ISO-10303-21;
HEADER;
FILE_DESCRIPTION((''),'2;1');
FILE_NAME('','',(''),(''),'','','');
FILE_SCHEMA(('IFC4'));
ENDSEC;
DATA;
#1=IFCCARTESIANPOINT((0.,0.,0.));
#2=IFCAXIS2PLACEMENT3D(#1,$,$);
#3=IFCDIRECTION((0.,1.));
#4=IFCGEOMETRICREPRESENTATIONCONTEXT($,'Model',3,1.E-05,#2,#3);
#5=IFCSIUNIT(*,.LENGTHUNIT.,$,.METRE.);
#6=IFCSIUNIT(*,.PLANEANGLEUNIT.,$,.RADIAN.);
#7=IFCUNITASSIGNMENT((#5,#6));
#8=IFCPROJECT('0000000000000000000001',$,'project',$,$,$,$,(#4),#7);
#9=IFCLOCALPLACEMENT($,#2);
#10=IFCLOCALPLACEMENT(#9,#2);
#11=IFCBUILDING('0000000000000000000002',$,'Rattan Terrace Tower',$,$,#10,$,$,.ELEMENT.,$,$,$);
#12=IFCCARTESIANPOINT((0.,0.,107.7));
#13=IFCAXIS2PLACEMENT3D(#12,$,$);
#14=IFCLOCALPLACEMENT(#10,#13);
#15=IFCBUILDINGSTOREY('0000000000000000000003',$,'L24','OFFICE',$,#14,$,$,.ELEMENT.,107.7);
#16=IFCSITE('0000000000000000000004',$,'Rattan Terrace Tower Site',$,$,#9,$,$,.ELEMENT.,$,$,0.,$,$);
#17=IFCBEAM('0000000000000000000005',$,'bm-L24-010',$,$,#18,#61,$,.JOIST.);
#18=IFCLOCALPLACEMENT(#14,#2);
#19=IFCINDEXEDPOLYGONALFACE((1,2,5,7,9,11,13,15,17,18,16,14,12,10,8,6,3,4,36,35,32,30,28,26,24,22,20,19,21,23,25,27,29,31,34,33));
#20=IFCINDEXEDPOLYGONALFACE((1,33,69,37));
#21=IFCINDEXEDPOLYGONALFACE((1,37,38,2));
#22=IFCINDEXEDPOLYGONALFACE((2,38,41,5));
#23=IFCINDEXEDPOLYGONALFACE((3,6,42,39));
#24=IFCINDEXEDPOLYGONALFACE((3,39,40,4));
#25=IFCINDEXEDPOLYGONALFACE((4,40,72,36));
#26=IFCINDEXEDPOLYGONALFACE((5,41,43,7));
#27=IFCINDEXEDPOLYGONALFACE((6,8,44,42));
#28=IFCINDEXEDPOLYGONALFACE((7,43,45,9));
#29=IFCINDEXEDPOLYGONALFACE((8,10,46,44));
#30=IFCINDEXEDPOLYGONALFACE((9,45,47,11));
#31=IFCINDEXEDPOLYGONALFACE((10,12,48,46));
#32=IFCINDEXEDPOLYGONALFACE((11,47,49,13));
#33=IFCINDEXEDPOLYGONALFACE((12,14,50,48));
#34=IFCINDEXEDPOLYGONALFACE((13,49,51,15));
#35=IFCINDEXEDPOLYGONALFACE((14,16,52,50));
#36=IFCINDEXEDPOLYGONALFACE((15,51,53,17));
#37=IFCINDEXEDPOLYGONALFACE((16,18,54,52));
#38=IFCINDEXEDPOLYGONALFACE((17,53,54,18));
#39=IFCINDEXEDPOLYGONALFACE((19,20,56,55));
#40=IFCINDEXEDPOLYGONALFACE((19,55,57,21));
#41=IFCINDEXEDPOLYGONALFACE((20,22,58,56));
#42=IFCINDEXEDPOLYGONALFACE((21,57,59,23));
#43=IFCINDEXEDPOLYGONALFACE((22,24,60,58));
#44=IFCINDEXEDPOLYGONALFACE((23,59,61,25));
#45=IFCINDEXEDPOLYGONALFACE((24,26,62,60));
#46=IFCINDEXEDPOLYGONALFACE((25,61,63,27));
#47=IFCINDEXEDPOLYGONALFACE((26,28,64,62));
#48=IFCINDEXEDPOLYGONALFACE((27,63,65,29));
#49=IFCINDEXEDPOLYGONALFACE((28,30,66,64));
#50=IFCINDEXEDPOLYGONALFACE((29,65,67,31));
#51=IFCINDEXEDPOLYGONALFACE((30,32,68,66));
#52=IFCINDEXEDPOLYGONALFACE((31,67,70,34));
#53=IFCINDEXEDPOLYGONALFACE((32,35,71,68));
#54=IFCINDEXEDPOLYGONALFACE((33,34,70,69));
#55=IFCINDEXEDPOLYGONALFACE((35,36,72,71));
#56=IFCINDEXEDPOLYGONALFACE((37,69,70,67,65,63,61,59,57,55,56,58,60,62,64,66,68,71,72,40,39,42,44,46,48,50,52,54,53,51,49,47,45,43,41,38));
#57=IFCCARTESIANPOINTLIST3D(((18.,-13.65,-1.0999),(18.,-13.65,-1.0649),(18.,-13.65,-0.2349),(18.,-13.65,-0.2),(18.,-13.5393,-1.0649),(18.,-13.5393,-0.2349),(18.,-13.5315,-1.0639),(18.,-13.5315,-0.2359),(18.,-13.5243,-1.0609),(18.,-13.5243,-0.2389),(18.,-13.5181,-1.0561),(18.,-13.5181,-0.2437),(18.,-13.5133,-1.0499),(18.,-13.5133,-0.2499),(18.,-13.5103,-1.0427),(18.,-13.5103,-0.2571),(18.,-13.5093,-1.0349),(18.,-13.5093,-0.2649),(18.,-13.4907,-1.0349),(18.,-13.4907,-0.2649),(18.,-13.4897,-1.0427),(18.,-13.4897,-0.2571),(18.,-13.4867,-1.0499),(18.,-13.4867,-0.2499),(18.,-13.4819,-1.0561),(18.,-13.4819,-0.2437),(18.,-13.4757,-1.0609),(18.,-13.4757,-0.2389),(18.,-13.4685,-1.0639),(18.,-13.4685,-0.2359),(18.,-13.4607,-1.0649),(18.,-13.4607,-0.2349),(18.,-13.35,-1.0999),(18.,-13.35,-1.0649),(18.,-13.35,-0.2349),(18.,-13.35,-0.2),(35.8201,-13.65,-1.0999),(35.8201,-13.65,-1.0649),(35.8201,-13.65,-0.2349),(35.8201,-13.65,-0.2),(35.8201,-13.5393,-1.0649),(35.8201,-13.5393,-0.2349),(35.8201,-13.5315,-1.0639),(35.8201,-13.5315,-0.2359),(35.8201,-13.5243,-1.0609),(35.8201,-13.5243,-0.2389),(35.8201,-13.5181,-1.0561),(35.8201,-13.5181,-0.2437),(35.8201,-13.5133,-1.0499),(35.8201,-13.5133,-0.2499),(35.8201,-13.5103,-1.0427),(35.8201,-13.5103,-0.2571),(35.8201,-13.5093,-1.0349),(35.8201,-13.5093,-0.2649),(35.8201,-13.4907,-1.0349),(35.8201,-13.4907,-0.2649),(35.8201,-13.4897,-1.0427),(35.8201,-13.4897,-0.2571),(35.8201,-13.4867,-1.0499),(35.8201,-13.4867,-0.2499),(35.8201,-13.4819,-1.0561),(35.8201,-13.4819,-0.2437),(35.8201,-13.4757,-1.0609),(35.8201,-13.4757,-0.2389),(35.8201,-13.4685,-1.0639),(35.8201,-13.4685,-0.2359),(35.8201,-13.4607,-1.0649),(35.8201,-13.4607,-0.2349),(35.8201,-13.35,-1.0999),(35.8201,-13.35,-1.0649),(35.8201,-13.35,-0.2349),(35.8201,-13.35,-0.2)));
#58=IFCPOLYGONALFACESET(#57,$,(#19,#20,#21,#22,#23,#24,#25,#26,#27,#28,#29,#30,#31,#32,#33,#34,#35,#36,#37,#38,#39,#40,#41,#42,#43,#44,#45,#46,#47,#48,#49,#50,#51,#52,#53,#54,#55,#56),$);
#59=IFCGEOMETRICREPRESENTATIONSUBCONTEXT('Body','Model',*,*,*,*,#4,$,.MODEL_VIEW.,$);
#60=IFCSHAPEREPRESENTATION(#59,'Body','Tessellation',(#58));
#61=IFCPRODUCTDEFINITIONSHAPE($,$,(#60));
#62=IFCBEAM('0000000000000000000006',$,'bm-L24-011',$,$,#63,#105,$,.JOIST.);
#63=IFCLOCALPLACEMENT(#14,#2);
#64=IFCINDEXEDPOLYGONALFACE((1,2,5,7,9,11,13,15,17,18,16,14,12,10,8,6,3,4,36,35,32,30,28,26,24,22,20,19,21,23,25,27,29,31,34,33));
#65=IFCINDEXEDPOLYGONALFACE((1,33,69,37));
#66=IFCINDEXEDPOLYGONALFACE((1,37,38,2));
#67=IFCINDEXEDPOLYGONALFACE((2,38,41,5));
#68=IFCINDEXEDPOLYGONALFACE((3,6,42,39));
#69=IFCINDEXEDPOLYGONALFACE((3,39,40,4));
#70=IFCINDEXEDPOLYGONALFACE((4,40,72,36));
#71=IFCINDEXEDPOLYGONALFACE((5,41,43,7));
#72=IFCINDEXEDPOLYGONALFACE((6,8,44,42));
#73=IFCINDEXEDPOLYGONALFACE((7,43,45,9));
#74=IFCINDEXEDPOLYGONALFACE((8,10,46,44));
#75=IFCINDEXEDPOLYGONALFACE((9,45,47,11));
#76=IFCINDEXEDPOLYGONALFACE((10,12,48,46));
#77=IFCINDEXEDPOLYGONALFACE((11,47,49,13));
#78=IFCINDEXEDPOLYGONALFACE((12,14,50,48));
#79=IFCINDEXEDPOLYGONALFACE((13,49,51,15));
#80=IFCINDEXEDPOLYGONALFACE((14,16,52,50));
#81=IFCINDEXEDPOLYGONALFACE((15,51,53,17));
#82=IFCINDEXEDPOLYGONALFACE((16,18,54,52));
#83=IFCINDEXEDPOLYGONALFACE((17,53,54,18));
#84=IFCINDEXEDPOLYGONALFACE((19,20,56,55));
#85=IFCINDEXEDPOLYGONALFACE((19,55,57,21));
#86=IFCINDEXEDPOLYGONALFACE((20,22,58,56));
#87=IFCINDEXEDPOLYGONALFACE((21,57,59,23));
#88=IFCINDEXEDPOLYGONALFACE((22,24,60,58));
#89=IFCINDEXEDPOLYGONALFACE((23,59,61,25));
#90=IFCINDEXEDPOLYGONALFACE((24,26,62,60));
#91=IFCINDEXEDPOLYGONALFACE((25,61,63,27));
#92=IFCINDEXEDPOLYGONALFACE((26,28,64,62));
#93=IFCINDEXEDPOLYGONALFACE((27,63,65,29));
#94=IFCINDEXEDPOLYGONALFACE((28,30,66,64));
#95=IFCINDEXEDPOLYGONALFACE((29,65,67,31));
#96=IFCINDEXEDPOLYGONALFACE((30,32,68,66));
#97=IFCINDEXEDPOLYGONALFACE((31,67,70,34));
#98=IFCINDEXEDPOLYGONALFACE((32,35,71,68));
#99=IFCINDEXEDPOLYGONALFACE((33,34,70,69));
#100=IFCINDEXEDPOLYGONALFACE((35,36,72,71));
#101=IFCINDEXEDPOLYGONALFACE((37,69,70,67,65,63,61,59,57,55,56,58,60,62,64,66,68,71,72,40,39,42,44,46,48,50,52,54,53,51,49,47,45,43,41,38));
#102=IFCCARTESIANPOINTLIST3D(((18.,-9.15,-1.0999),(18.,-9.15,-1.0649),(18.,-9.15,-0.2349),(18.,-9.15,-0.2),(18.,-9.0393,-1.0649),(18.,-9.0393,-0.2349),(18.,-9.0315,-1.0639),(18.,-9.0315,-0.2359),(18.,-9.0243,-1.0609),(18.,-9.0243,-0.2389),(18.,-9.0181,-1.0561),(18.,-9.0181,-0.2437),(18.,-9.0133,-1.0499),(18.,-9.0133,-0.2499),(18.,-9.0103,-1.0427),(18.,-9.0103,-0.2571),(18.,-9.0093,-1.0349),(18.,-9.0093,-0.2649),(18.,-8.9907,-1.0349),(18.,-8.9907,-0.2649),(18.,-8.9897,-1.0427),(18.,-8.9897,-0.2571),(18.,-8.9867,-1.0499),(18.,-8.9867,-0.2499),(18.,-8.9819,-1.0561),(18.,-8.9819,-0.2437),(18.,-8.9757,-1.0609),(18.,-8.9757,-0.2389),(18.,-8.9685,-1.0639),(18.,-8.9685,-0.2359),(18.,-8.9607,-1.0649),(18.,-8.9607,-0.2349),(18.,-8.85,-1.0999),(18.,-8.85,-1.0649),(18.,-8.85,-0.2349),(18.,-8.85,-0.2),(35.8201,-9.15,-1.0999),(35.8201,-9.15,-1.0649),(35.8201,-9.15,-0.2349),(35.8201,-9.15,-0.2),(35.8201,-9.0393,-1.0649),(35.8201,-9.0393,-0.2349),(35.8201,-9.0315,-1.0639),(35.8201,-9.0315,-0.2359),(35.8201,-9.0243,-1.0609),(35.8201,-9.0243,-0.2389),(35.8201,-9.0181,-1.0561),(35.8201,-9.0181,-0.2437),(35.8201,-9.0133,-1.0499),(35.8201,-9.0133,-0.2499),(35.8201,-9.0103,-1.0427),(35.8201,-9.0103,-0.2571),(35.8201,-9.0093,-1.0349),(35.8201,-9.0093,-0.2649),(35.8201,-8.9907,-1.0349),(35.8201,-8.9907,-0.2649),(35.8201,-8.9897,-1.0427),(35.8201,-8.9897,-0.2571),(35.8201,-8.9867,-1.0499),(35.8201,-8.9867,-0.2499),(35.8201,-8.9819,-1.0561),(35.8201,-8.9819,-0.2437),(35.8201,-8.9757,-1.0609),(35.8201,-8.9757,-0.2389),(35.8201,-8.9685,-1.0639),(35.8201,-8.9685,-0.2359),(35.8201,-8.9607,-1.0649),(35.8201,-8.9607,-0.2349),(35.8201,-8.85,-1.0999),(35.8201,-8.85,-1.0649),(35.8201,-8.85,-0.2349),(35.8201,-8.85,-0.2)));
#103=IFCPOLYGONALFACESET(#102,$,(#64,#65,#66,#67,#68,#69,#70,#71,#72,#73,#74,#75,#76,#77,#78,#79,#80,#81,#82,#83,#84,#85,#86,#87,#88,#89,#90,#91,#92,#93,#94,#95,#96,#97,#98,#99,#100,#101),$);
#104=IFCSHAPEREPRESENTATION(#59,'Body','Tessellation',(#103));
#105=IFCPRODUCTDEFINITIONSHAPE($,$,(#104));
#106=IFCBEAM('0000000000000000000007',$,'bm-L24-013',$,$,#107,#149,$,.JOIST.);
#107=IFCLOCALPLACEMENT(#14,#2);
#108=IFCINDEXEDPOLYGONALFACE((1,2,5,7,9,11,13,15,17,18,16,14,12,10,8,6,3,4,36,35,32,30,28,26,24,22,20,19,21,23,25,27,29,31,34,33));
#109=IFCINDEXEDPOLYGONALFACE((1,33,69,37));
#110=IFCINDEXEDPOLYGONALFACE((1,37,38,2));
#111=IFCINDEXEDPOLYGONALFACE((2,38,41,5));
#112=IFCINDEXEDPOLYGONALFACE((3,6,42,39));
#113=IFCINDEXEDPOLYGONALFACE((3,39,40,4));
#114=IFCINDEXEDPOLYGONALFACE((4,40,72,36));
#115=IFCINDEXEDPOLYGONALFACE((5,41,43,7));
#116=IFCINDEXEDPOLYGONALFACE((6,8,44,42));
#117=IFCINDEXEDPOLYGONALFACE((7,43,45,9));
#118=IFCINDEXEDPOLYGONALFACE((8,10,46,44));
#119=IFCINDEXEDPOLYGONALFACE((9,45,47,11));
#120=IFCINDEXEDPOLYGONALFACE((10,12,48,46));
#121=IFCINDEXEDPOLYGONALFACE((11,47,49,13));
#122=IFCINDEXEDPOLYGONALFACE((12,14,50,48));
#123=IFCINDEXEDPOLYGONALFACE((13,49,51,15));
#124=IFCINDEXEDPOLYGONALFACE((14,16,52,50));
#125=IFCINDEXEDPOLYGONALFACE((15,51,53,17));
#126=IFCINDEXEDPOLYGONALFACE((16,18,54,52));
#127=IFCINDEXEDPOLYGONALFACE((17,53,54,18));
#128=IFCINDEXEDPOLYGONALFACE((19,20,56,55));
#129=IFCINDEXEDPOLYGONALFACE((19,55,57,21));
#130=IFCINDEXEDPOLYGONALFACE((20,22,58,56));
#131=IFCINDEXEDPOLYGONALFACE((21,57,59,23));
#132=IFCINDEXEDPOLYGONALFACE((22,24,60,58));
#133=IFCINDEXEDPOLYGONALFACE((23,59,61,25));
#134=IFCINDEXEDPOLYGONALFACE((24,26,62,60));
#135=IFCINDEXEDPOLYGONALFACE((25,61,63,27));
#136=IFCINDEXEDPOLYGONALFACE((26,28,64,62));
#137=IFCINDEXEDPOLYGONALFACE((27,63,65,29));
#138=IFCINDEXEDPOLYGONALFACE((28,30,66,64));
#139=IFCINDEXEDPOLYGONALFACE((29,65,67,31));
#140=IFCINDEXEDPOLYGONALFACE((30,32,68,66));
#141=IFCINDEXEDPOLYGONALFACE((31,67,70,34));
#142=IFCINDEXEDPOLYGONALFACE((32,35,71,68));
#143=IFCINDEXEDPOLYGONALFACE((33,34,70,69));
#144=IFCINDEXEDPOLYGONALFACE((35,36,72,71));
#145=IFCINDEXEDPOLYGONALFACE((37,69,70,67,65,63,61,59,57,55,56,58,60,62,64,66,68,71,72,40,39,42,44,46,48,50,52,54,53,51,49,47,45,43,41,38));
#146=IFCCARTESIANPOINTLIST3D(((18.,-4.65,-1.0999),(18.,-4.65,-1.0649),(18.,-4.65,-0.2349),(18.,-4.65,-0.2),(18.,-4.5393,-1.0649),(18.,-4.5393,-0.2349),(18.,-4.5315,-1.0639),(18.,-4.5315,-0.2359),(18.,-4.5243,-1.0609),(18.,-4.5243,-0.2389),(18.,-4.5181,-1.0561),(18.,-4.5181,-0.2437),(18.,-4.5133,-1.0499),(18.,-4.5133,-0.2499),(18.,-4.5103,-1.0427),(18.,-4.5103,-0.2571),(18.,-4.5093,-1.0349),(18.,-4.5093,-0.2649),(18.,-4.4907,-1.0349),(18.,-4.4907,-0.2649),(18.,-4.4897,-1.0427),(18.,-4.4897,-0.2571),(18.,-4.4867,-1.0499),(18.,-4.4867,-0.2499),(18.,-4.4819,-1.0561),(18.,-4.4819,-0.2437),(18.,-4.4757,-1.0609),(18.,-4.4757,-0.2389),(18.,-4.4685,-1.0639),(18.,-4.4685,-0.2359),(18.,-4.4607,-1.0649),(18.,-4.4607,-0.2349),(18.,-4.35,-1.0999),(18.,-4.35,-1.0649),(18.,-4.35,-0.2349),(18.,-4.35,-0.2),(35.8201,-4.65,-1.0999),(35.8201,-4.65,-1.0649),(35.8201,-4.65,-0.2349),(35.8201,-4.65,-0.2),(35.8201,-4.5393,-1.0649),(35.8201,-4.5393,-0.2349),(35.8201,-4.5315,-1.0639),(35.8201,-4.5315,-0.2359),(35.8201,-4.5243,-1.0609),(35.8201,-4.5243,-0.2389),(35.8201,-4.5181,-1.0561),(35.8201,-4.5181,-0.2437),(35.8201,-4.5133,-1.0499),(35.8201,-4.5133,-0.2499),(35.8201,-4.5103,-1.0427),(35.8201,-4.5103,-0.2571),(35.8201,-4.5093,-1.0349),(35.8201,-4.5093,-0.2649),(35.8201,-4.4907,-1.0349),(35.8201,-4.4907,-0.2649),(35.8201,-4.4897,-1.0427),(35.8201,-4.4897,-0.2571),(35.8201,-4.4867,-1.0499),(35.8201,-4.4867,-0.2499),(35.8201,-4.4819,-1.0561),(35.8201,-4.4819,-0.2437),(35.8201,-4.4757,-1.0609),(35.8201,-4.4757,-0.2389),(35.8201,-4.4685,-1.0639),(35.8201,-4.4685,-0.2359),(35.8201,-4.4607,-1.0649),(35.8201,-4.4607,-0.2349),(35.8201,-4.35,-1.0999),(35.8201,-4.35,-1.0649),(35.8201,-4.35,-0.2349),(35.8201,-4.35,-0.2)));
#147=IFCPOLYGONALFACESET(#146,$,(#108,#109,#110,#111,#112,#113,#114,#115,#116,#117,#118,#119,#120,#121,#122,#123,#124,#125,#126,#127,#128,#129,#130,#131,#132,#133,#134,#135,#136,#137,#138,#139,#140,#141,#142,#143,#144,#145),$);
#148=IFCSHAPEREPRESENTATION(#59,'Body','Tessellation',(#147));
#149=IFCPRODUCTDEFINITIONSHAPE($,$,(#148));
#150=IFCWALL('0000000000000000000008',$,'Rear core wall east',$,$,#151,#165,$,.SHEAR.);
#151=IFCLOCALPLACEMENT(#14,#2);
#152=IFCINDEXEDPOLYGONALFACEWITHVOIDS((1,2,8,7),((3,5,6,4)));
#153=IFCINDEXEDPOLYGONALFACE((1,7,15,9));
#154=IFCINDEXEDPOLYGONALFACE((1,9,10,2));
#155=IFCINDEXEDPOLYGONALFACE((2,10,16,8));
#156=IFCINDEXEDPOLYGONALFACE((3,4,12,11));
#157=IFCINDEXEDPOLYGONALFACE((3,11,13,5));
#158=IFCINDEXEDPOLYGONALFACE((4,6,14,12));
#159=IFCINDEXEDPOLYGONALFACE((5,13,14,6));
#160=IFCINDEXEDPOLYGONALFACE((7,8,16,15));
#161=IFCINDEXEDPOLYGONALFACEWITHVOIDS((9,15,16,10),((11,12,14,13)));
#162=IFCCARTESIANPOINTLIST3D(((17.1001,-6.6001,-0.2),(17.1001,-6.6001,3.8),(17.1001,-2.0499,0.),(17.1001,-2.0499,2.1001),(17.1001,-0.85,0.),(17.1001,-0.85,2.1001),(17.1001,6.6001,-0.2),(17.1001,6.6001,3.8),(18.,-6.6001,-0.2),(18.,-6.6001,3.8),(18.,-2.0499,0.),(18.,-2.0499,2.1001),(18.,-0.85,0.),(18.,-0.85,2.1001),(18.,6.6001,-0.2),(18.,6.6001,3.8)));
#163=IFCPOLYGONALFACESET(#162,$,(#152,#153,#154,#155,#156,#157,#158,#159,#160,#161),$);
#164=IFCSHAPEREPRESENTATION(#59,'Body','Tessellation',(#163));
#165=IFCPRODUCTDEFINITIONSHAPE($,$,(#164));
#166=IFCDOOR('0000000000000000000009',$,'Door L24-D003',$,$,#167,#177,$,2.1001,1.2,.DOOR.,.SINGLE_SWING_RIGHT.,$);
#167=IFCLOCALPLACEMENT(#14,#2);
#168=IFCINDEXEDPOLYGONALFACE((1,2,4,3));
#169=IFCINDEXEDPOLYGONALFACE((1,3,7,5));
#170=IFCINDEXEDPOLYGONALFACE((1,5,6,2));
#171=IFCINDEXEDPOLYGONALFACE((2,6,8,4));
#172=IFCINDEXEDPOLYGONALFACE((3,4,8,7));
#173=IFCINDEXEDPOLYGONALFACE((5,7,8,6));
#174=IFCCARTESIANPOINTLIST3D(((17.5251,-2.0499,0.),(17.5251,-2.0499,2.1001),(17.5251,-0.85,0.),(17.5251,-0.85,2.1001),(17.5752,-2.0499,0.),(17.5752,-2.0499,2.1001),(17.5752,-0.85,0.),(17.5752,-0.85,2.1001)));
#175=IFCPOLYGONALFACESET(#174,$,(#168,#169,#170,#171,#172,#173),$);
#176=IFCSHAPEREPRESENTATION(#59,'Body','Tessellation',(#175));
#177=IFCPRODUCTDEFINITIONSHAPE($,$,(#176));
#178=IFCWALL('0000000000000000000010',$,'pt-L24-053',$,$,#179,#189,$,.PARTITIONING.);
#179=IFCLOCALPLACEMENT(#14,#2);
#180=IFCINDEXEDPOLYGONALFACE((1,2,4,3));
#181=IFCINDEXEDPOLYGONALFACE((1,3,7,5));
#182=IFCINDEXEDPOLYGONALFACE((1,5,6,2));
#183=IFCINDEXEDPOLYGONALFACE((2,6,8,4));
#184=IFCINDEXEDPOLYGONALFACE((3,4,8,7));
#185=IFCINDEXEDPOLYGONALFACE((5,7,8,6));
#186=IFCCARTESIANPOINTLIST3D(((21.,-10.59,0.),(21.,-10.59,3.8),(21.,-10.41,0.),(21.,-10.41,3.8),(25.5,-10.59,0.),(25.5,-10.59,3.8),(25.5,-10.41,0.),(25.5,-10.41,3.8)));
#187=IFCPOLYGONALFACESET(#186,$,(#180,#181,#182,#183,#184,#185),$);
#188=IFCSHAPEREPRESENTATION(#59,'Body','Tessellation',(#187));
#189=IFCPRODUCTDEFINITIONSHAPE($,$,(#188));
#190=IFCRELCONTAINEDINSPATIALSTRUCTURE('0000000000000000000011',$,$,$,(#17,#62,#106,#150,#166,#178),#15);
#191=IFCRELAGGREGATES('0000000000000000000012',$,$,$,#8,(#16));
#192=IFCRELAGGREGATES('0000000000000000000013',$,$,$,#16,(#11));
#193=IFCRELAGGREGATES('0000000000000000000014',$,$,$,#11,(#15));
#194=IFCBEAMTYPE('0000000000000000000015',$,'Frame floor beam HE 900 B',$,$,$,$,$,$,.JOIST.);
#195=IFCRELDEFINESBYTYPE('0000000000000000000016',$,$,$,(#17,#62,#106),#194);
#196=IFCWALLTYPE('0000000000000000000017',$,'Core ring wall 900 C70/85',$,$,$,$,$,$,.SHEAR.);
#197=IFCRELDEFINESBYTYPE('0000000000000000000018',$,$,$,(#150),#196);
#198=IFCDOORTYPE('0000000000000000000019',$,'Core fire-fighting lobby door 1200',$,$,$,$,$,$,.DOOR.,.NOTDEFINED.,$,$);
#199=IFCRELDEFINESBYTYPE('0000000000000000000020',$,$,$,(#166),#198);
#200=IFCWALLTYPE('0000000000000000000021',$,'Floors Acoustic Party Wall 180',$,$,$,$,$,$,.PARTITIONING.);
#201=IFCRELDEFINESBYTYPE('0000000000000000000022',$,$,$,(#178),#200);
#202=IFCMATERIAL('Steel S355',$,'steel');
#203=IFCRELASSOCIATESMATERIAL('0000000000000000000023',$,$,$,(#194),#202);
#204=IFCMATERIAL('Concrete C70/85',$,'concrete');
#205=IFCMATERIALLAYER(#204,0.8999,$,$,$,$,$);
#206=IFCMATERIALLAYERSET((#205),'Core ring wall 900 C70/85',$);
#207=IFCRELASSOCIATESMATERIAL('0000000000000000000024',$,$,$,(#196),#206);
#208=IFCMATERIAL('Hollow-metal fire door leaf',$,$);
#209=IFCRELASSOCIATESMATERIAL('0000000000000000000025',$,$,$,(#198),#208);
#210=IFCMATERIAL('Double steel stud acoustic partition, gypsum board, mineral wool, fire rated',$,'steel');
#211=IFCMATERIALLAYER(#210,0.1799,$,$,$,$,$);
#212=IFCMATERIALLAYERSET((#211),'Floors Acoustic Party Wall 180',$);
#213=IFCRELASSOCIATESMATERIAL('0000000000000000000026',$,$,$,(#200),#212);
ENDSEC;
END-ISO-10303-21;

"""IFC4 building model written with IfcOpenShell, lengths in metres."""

from ifc_helpers import new_model, si_unit, direction, frame, frame_2d, origin, origin_2d, place, context, subcontext, project, spatial, rectangle, i_section, extrude, material, layer, layer_set, material_profile, profile_set, type_object, element, fill, save


model = new_model("IFC4")

# Units and contexts
model_context = context("Model", 3, precision=1e-05, world=origin(), true_north=direction((0.0, 1.0)))
body_context = subcontext(model_context, "Body", "Model", "MODEL_VIEW")
ifc_project = project(units=[si_unit("LENGTHUNIT", "METRE"), si_unit("PLANEANGLEUNIT", "RADIAN")], contexts=[model_context])

# Site, building, storey
site_placement = place(None, origin())
site = spatial("IfcSite", under=ifc_project, at=site_placement, Name="Rattan Terrace Tower Site", CompositionType="ELEMENT", RefElevation=0.0)
building_placement = place(site_placement, origin())
building = spatial("IfcBuilding", under=site, at=building_placement, Name="Rattan Terrace Tower", CompositionType="ELEMENT")
storey_placement = place(building_placement, frame((0.0, 0.0, 107.7)))
storey = spatial("IfcBuildingStorey", under=building, at=storey_placement, Name="L24", Description="OFFICE", CompositionType="ELEMENT", Elevation=107.7)

# Beams
ifc_material_1 = material(Name="Steel S355", Category="steel")
ifc_material_profile = material_profile(ifc_material_1, i_section(OverallWidth=0.3, OverallDepth=0.8999, WebThickness=0.0186, FlangeThickness=0.0349, FilletRadius=0.03, at=origin_2d()), Name="HE 900 B")
ifc_profile_set = profile_set([ifc_material_profile], Name="Steel S355")
beam_type = type_object("IfcBeamType", Name="Frame floor beam HE 900 B", PredefinedType="JOIST", material=ifc_profile_set)
for number, where, z_axis, x_axis, name in (
    (1, (18.0, -13.5, -0.6499), (1.0, 0.0, 0.0), (0.0, 1.0, 0.0), "bm-L24-010"),
    (2, (18.0, -9.0, -0.6499), (1.0, 0.0, 0.0), (0.0, 1.0, 0.0), "bm-L24-011"),
    (3, (18.0, -4.5, -0.6499), (1.0, 0.0, 0.0), (0.0, 1.0, 0.0), "bm-L24-013"),
):
    element("IfcBeam", number, at=place(storey_placement, frame(where, z_axis=z_axis, x_axis=x_axis)), inside=storey, type_object=beam_type, Name=name, PredefinedType="JOIST", context=body_context, shape_type="SweptSolid", body=[
        extrude(i_section(OverallWidth=0.3, OverallDepth=0.8999, WebThickness=0.0186, FlangeThickness=0.0349, FilletRadius=0.03, at=origin_2d()), origin(), (0.0, 0.0, 1.0), 17.8201),
    ])

# Wall, opening, door
ifc_material_2 = material(Name="Concrete C70/85", Category="concrete")
ifc_layer_1 = layer(ifc_material_2, 0.8999)
ifc_layer_set_1 = layer_set([ifc_layer_1], Name="Core ring wall 900 C70/85")
wall_type_1 = type_object("IfcWallType", Name="Core ring wall 900 C70/85", PredefinedType="SHEAR", material=ifc_layer_set_1)
wall_1_placement = place(storey_placement, frame((17.55, -6.6001, -0.2), z_axis=(0.0, 0.0, 1.0), x_axis=(0.0, 1.0, 0.0)))
wall_1 = element("IfcWall", 4, at=wall_1_placement, inside=storey, type_object=wall_type_1, Name="Rear core wall east", PredefinedType="SHEAR", context=body_context, shape_type="SweptSolid", body=[
    extrude(rectangle(XDim=13.2002, YDim=0.8999, at=frame_2d((6.6001, 0.0))), origin(), (0.0, 0.0, 1.0), 4.0),
])
opening_1_placement = place(wall_1_placement, frame((4.55, 0.0, 0.2)))
opening_1 = element("IfcOpeningElement", 5, at=opening_1_placement, cuts=wall_1, PredefinedType="OPENING", context=body_context, shape_type="SweptSolid", body=[
    extrude(rectangle(XDim=1.2, YDim=2.1001, at=frame_2d((0.6001, 1.05))), frame((0.0, 0.4604, 0.0), z_axis=(0.0, -1.0, 0.0), x_axis=(1.0, 0.0, 0.0)), (0.0, 0.0, 1.0), 0.9209),
])
ifc_material_3 = material(Name="Hollow-metal fire door leaf")
door_type_1 = type_object("IfcDoorType", Name="Core fire-fighting lobby door 1200", OperationType="NOTDEFINED", PredefinedType="DOOR", material=ifc_material_3)
door_1_placement = place(opening_1_placement, origin())
door_1 = element("IfcDoor", 6, at=door_1_placement, inside=storey, type_object=door_type_1, Name="Door L24-D003", OperationType="SINGLE_SWING_RIGHT", OverallHeight=2.1001, OverallWidth=1.2, PredefinedType="DOOR", context=body_context, shape_type="SweptSolid", body=[
    extrude(rectangle(XDim=1.2, YDim=2.1001, at=frame_2d((0.6001, 1.05))), frame((0.0, 0.0249, 0.0), z_axis=(0.0, -1.0, 0.0), x_axis=(1.0, 0.0, 0.0)), (0.0, 0.0, 1.0), 0.05),
])
fill(opening_1, door_1)

# Wall
ifc_material_4 = material(Name="Double steel stud acoustic partition, gypsum board, mineral wool, fire rated", Category="steel")
ifc_layer_2 = layer(ifc_material_4, 0.1799)
ifc_layer_set_2 = layer_set([ifc_layer_2], Name="Floors Acoustic Party Wall 180")
wall_type_2 = type_object("IfcWallType", Name="Floors Acoustic Party Wall 180", PredefinedType="PARTITIONING", material=ifc_layer_set_2)
wall_2_placement = place(storey_placement, frame((21.0, -10.5, 0.0), z_axis=(0.0, 0.0, 1.0), x_axis=(1.0, 0.0, 0.0)))
element("IfcWall", 7, at=wall_2_placement, inside=storey, type_object=wall_type_2, Name="pt-L24-053", PredefinedType="PARTITIONING", context=body_context, shape_type="SweptSolid", body=[
    extrude(rectangle(XDim=4.5, YDim=0.1799, at=frame_2d((2.25, 0.0))), origin(), (0.0, 0.0, 1.0), 3.8),
])

save(model, "model.ifc")
